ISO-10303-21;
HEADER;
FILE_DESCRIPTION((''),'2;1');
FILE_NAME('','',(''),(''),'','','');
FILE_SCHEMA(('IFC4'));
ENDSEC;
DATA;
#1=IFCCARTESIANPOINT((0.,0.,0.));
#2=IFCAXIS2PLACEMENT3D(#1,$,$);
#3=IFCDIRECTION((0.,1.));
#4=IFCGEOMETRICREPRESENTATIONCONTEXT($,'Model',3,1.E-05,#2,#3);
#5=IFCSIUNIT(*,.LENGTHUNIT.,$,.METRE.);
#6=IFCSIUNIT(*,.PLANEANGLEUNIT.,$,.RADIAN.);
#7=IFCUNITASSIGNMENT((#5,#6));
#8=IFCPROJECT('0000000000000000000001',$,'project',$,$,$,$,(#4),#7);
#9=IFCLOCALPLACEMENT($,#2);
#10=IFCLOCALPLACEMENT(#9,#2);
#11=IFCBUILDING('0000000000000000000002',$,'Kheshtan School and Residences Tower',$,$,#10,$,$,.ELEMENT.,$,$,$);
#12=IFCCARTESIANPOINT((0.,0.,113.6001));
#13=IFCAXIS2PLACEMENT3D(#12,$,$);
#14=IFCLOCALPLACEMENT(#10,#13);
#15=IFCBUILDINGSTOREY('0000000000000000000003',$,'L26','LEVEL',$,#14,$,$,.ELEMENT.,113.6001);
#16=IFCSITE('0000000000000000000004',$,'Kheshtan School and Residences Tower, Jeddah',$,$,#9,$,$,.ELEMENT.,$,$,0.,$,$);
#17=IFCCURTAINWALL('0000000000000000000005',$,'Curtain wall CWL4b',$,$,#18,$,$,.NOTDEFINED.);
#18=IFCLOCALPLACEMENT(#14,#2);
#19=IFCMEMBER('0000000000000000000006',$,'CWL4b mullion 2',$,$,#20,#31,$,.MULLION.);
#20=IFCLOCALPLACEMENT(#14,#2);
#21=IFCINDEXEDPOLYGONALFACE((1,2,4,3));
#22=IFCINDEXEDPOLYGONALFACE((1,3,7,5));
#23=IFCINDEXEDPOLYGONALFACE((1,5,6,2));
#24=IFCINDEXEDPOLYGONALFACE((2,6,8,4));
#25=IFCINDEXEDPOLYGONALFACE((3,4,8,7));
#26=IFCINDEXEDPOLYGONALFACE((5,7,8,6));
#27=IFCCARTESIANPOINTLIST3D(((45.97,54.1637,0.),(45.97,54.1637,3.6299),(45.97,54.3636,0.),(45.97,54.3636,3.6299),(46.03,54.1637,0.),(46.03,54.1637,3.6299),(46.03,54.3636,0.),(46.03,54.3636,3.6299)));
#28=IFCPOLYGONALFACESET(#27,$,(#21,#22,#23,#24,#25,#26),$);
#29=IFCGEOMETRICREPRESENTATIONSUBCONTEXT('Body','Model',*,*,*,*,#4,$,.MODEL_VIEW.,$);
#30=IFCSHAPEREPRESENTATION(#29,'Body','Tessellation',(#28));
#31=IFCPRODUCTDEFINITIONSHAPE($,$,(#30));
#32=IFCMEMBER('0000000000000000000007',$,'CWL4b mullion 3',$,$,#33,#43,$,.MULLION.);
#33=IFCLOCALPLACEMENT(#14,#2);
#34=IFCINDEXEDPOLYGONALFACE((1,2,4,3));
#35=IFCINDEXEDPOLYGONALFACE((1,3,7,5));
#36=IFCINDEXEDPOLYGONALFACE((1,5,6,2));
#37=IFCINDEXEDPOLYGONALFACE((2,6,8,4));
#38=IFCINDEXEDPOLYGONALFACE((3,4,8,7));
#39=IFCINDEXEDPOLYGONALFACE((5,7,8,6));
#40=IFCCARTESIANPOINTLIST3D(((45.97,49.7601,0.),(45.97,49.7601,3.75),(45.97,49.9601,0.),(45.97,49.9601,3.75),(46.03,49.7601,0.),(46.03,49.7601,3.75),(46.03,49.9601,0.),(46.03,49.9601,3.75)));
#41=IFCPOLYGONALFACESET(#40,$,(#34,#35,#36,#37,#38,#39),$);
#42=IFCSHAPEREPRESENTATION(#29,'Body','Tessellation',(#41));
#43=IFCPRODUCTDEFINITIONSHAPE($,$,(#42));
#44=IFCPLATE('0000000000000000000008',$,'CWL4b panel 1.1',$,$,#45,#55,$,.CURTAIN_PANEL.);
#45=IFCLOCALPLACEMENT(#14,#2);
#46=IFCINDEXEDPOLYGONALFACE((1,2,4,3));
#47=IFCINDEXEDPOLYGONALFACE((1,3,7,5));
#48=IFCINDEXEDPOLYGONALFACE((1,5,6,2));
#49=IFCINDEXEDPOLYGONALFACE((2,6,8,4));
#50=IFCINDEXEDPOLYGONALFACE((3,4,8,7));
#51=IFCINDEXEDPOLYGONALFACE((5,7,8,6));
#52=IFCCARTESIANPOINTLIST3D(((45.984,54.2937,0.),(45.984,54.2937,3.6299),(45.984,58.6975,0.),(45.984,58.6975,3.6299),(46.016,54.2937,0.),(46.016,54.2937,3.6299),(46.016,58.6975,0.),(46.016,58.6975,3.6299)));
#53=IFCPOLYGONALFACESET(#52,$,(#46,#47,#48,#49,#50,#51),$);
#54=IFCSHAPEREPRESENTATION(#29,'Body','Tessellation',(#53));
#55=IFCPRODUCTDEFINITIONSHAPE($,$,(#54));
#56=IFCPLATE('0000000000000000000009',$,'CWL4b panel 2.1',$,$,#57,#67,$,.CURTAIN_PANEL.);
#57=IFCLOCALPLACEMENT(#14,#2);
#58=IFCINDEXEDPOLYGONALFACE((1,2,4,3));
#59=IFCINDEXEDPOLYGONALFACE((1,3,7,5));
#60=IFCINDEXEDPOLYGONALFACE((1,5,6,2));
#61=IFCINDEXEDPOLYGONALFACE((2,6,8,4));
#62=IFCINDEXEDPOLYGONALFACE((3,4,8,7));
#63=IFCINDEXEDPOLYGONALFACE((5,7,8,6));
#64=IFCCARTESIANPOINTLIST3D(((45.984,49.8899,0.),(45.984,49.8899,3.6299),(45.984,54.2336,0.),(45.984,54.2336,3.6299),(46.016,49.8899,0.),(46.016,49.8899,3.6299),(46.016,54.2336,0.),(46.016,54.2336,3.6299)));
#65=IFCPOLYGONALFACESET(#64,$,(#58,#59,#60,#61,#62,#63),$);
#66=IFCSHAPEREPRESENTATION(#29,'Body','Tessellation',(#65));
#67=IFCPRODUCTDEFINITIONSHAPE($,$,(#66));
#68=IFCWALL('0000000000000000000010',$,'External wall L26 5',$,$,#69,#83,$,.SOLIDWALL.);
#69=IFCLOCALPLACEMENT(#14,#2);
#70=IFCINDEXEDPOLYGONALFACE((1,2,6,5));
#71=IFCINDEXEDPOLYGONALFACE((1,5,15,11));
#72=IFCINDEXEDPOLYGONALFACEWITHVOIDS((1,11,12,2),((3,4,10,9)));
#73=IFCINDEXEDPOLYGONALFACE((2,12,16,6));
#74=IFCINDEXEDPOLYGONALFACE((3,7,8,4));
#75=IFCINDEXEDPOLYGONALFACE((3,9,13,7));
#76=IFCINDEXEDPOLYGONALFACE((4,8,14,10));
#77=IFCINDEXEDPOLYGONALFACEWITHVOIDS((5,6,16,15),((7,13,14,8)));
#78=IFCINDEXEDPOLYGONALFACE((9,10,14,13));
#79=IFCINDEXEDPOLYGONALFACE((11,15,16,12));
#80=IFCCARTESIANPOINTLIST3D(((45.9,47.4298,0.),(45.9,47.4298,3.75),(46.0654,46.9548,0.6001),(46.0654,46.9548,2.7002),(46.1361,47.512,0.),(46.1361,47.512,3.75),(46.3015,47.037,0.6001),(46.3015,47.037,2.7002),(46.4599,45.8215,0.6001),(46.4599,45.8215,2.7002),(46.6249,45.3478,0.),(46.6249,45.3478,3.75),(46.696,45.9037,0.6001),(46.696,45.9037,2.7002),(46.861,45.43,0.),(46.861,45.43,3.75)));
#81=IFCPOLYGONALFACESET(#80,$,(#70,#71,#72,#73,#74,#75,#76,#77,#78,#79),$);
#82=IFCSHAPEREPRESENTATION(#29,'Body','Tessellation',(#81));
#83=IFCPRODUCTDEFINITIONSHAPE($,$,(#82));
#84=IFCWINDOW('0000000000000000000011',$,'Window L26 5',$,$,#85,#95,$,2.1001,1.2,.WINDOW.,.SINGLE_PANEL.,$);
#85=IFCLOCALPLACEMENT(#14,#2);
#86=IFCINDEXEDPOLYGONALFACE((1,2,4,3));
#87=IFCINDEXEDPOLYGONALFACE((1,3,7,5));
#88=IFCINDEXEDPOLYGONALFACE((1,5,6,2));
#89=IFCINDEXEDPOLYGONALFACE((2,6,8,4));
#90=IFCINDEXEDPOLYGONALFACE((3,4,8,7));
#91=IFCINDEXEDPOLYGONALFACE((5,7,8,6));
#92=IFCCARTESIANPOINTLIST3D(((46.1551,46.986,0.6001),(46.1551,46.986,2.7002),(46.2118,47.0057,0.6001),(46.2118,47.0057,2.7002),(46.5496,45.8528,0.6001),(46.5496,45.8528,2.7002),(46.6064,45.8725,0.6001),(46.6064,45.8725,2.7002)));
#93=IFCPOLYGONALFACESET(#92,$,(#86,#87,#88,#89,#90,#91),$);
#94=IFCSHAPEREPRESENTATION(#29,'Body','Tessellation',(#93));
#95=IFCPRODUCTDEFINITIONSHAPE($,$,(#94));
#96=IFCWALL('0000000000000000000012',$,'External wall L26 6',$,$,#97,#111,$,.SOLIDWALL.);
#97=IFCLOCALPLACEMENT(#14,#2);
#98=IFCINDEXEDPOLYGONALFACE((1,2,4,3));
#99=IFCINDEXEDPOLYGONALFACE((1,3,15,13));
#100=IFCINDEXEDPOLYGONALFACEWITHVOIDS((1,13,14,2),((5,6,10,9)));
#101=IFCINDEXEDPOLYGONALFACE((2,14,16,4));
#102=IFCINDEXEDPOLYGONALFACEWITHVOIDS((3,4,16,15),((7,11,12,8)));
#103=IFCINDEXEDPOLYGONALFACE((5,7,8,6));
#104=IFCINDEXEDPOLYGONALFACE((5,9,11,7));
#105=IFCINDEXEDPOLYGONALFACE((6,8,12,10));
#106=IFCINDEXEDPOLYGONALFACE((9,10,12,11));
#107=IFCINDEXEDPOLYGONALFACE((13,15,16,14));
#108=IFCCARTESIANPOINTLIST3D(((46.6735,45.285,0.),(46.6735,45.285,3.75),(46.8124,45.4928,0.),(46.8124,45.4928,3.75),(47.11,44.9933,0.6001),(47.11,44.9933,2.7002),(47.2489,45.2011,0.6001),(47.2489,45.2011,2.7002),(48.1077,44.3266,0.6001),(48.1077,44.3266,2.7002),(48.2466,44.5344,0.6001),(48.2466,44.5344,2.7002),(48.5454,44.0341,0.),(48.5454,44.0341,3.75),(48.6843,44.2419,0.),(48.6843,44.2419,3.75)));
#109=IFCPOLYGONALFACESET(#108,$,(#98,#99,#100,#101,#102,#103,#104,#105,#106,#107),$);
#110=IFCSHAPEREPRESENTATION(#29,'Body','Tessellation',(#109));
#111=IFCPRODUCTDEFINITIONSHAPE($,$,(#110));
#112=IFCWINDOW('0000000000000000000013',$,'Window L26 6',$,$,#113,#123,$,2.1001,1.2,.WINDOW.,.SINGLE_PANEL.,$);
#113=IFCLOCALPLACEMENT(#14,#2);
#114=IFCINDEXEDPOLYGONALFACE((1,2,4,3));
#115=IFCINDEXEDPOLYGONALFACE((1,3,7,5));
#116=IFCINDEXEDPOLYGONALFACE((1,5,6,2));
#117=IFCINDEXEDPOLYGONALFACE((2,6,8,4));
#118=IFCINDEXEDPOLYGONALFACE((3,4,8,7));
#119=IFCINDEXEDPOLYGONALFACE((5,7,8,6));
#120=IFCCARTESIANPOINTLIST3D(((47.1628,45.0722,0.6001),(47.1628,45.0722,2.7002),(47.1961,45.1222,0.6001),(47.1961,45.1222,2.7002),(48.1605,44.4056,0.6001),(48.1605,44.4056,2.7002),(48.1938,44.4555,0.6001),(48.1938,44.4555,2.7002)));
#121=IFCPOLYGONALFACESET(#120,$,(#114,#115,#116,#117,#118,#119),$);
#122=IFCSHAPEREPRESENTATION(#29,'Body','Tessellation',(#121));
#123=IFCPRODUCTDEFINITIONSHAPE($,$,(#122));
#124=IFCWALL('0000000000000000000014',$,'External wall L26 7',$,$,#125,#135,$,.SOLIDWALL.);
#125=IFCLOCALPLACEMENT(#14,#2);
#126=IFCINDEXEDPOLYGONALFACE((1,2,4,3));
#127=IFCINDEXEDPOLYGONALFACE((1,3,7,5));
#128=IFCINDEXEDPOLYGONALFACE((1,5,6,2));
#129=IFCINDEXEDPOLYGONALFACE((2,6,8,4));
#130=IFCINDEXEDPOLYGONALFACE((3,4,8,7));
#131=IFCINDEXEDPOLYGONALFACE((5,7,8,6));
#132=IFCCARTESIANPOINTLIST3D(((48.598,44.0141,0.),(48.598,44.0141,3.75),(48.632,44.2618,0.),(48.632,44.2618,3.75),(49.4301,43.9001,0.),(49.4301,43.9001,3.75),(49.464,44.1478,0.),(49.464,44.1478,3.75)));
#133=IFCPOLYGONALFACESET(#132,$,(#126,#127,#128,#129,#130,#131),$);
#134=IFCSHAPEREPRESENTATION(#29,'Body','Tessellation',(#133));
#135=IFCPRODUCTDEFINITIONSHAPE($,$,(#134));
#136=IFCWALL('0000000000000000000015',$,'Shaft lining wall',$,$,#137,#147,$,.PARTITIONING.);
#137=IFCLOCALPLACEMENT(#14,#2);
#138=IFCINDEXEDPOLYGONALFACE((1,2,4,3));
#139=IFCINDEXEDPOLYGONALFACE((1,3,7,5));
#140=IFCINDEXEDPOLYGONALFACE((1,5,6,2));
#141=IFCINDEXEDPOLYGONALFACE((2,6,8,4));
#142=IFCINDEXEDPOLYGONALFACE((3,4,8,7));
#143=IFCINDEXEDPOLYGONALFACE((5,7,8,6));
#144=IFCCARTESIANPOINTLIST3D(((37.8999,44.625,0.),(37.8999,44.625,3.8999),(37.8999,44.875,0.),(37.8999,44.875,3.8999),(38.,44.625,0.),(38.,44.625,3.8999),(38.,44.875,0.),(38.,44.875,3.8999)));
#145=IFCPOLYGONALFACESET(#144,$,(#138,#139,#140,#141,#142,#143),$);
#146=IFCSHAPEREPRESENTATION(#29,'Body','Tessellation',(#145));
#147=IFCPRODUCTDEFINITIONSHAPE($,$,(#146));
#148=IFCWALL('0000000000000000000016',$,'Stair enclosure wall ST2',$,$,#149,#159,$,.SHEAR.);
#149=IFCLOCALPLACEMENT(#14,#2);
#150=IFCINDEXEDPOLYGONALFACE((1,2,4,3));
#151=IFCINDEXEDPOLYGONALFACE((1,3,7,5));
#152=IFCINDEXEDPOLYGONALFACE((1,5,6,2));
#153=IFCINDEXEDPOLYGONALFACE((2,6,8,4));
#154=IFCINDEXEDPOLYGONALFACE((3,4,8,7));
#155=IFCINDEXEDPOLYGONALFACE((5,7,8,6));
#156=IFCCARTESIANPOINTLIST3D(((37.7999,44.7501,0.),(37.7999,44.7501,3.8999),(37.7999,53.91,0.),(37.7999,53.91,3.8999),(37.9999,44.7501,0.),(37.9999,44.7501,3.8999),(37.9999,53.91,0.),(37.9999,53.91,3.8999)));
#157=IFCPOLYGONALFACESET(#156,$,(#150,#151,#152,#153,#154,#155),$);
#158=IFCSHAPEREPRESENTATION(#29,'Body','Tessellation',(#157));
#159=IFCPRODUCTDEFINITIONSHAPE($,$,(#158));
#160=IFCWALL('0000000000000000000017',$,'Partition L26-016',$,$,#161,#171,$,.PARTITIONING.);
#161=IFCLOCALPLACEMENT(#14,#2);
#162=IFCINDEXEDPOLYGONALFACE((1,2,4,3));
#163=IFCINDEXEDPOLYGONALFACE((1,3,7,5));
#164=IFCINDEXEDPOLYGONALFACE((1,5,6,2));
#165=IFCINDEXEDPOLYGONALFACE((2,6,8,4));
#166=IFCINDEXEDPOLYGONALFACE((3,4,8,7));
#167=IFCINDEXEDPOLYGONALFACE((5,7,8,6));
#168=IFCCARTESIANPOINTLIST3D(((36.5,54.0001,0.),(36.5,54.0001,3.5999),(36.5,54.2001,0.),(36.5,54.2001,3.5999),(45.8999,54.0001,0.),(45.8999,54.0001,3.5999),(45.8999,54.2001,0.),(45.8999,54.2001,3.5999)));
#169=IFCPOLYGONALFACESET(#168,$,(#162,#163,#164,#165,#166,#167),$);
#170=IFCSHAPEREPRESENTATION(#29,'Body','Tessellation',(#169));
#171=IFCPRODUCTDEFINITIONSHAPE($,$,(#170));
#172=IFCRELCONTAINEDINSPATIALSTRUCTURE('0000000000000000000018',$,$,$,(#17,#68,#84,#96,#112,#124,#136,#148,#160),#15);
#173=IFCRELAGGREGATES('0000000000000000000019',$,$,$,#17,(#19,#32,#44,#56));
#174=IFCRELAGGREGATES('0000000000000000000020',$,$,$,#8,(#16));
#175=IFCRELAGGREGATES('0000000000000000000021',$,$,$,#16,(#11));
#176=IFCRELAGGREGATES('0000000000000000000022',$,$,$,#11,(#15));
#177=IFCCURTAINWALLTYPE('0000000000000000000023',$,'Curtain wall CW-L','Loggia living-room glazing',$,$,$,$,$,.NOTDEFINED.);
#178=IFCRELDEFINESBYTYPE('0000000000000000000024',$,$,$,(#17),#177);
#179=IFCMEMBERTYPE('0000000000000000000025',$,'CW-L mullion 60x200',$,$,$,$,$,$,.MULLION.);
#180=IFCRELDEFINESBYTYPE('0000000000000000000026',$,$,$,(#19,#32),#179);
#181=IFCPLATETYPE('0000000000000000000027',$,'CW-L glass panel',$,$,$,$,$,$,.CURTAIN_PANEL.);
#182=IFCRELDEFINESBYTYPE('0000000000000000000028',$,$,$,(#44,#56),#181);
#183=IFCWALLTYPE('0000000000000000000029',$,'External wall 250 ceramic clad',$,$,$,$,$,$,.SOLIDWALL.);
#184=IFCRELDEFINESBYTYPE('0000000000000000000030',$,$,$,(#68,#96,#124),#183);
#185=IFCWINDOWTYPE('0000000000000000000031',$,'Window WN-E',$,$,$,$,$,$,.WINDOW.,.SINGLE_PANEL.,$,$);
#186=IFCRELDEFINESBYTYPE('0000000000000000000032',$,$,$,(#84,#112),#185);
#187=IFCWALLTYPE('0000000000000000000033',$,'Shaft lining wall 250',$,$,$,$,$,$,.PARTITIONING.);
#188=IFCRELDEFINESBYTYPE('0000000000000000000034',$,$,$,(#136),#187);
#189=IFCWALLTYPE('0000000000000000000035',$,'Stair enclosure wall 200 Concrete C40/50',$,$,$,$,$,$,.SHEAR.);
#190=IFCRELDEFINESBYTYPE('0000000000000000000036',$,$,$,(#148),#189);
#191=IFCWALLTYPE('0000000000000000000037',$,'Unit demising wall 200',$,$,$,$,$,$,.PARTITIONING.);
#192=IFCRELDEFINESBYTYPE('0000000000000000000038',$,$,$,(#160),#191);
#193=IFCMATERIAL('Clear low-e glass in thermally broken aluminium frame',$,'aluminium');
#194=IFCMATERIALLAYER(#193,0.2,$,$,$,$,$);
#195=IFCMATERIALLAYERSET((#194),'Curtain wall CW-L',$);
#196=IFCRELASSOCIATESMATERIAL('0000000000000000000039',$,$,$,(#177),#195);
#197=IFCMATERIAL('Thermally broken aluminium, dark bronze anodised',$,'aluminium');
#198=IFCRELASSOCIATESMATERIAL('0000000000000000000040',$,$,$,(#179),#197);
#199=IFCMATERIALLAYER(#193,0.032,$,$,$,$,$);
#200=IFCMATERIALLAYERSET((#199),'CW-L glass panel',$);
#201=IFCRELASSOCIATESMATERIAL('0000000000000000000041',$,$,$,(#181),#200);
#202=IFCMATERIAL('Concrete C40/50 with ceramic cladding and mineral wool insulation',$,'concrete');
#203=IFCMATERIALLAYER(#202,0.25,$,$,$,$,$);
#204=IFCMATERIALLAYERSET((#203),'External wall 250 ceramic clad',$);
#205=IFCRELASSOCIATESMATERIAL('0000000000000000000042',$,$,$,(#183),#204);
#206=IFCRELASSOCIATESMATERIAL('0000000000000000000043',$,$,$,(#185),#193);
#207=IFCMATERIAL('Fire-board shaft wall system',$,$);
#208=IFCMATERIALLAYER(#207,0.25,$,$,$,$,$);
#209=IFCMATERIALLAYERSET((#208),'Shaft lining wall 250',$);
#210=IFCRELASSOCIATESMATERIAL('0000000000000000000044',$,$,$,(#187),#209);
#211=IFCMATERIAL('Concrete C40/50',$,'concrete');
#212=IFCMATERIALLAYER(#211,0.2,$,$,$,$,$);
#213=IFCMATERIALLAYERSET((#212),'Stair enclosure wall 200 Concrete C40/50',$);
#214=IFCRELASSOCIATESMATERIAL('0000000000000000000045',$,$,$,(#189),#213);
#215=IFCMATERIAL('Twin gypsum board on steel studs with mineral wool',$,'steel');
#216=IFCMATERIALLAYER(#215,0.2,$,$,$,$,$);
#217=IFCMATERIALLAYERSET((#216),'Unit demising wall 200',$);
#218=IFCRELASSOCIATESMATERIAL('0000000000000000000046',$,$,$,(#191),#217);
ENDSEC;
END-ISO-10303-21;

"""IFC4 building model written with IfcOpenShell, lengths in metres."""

from ifc_helpers import new_model, si_unit, direction, frame, frame_2d, origin, origin_2d, place, context, subcontext, project, spatial, rectangle, extrude, source, transform, mapped, material, layer, layer_set, material_profile, profile_set, type_object, element, fill, aggregate, save


model = new_model("IFC4")

# Units and contexts
model_context = context("Model", 3, precision=1e-05, world=origin(), true_north=direction((0.0, 1.0)))
body_context = subcontext(model_context, "Body", "Model", "MODEL_VIEW")
ifc_project = project(units=[si_unit("LENGTHUNIT", "METRE"), si_unit("PLANEANGLEUNIT", "RADIAN")], contexts=[model_context])

# Site, building, storey
site_placement = place(None, origin())
site = spatial("IfcSite", under=ifc_project, at=site_placement, Name="Kheshtan School and Residences Tower, Jeddah", CompositionType="ELEMENT", RefElevation=0.0)
building_placement = place(site_placement, origin())
building = spatial("IfcBuilding", under=site, at=building_placement, Name="Kheshtan School and Residences Tower", CompositionType="ELEMENT")
storey_placement = place(building_placement, frame((0.0, 0.0, 113.6001)))
storey = spatial("IfcBuildingStorey", under=building, at=storey_placement, Name="L26", Description="LEVEL", CompositionType="ELEMENT", Elevation=113.6001)

# Curtain wall, members, plates
ifc_material_1 = material(Name="Clear low-e glass in thermally broken aluminium frame", Category="aluminium")
ifc_layer_1 = layer(ifc_material_1, 0.2)
ifc_layer_set_1 = layer_set([ifc_layer_1], Name="Curtain wall CW-L")
curtain_wall_type = type_object("IfcCurtainWallType", Name="Curtain wall CW-L", Description="Loggia living-room glazing", PredefinedType="NOTDEFINED", material=ifc_layer_set_1)
curtain_wall_placement = place(storey_placement, origin())
curtain_wall = element("IfcCurtainWall", 1, at=curtain_wall_placement, inside=storey, type_object=curtain_wall_type, Name="Curtain wall CWL4b", PredefinedType="NOTDEFINED")
ifc_material_2 = material(Name="Thermally broken aluminium, dark bronze anodised", Category="aluminium")
ifc_material_profile_1 = material_profile(ifc_material_2, rectangle(XDim=0.0601, YDim=0.2, at=origin_2d()), Name="CW-L mullion 60x200")
ifc_profile_set_1 = profile_set([ifc_material_profile_1], Name="Thermally broken aluminium, dark bronze anodised")
member_type = type_object("IfcMemberType", Name="CW-L mullion 60x200", PredefinedType="MULLION", material=ifc_profile_set_1)
member_1_placement = place(storey_placement, frame((46.0, 54.2637, 0.0), z_axis=(0.0, 0.0, 1.0), x_axis=(1.0, 0.0, 0.0)))
member_1 = element("IfcMember", 2, at=member_1_placement, type_object=member_type, Name="CWL4b mullion 2", PredefinedType="MULLION", context=body_context, shape_type="SweptSolid", body=[
    extrude(rectangle(XDim=0.0601, YDim=0.2, at=origin_2d()), origin(), (0.0, 0.0, 1.0), 3.6299),
])
member_2_placement = place(storey_placement, frame((46.0, 49.8601, 0.0), z_axis=(0.0, 0.0, 1.0), x_axis=(1.0, 0.0, 0.0)))
member_2 = element("IfcMember", 3, at=member_2_placement, type_object=member_type, Name="CWL4b mullion 3", PredefinedType="MULLION", context=body_context, shape_type="SweptSolid", body=[
    extrude(rectangle(XDim=0.0601, YDim=0.2, at=origin_2d()), origin(), (0.0, 0.0, 1.0), 3.75),
])
ifc_layer_2 = layer(ifc_material_1, 0.032)
ifc_layer_set_2 = layer_set([ifc_layer_2], Name="CW-L glass panel")
plate_type = type_object("IfcPlateType", Name="CW-L glass panel", PredefinedType="CURTAIN_PANEL", material=ifc_layer_set_2)
plate_1_placement = place(storey_placement, frame((46.0, 56.4956, 0.0), z_axis=(0.0, 0.0, 1.0), x_axis=(0.0, -1.0, 0.0)))
plate_1 = element("IfcPlate", 4, at=plate_1_placement, type_object=plate_type, Name="CWL4b panel 1.1", PredefinedType="CURTAIN_PANEL", context=body_context, shape_type="SweptSolid", body=[
    extrude(rectangle(XDim=4.4038, YDim=0.032, at=origin_2d()), origin(), (0.0, 0.0, 1.0), 3.6299),
])
plate_2_placement = place(storey_placement, frame((46.0, 52.0618, 0.0), z_axis=(0.0, 0.0, 1.0), x_axis=(0.0, -1.0, 0.0)))
plate_2 = element("IfcPlate", 5, at=plate_2_placement, type_object=plate_type, Name="CWL4b panel 2.1", PredefinedType="CURTAIN_PANEL", context=body_context, shape_type="SweptSolid", body=[
    extrude(rectangle(XDim=4.3438, YDim=0.032, at=origin_2d()), origin(), (0.0, 0.0, 1.0), 3.6299),
])
aggregate(curtain_wall, [member_1, member_2, plate_1, plate_2])

# Walls, openings, windows
ifc_material_3 = material(Name="Concrete C40/50 with ceramic cladding and mineral wool insulation", Category="concrete")
ifc_layer_3 = layer(ifc_material_3, 0.25)
ifc_layer_set_3 = layer_set([ifc_layer_3], Name="External wall 250 ceramic clad")
wall_type_1 = type_object("IfcWallType", Name="External wall 250 ceramic clad", PredefinedType="SOLIDWALL", material=ifc_layer_set_3)
wall_1_placement = place(storey_placement, frame((46.0181, 47.4709, 0.0), z_axis=(0.0, 0.0, 1.0), x_axis=(0.328791, -0.944403, 0.0)))
wall_1 = element("IfcWall", 6, at=wall_1_placement, inside=storey, type_object=wall_type_1, Name="External wall L26 5", PredefinedType="SOLIDWALL", context=body_context, shape_type="SweptSolid", body=[
    extrude(rectangle(XDim=2.2046, YDim=0.25, at=frame_2d((1.1023, 0.0))), origin(), (0.0, 0.0, 1.0), 3.75),
])
opening_1_placement = place(wall_1_placement, frame((0.5029, 0.0, 0.6001)))
opening_1 = element("IfcOpeningElement", 7, at=opening_1_placement, cuts=wall_1, PredefinedType="OPENING", context=body_context, shape_type="SweptSolid", body=[
    extrude(rectangle(XDim=1.2, YDim=2.1001, at=frame_2d((0.6001, 1.05))), frame((0.0, 0.135, 0.0), z_axis=(0.0, -1.0, 0.0), x_axis=(1.0, 0.0, 0.0)), (0.0, 0.0, 1.0), 0.27),
])
window_type = type_object("IfcWindowType", Name="Window WN-E", PartitioningType="SINGLE_PANEL", PredefinedType="WINDOW", material=ifc_material_1)
shared_shape_1 = source(origin(), body_context, "Body", "SweptSolid", [
    extrude(rectangle(XDim=1.2, YDim=2.1001, at=frame_2d((0.6001, 1.05))), frame((0.0, 0.03, 0.0), z_axis=(0.0, -1.0, 0.0), x_axis=(1.0, 0.0, 0.0)), (0.0, 0.0, 1.0), 0.0601),
])
window_1_placement = place(opening_1_placement, origin())
window_1 = element("IfcWindow", 8, at=window_1_placement, inside=storey, type_object=window_type, Name="Window L26 5", OverallHeight=2.1001, OverallWidth=1.2, PartitioningType="SINGLE_PANEL", PredefinedType="WINDOW", context=body_context, shape_type="MappedRepresentation", body=[
    mapped(shared_shape_1, transform((0.0, 0.0, 0.0), x_axis=(1.0, 0.0, 0.0), y_axis=(0.0, 1.0, 0.0), z_axis=(0.0, 0.0, 1.0), scale=1.0)),
])
fill(opening_1, window_1)
wall_2_placement = place(storey_placement, frame((46.7429, 45.3889, 0.0), z_axis=(0.0, 0.0, 1.0), x_axis=(0.831449, -0.555601, 0.0)))
wall_2 = element("IfcWall", 9, at=wall_2_placement, inside=storey, type_object=wall_type_1, Name="External wall L26 6", PredefinedType="SOLIDWALL", context=body_context, shape_type="SweptSolid", body=[
    extrude(rectangle(XDim=2.2515, YDim=0.25, at=frame_2d((1.1257, 0.0))), origin(), (0.0, 0.0, 1.0), 3.75),
])
opening_2_placement = place(wall_2_placement, frame((0.5249, 0.0, 0.6001)))
opening_2 = element("IfcOpeningElement", 10, at=opening_2_placement, cuts=wall_2, PredefinedType="OPENING", context=body_context, shape_type="SweptSolid", body=[
    extrude(rectangle(XDim=1.2, YDim=2.1001, at=frame_2d((0.6001, 1.05))), frame((0.0, 0.135, 0.0), z_axis=(0.0, -1.0, 0.0), x_axis=(1.0, 0.0, 0.0)), (0.0, 0.0, 1.0), 0.27),
])
window_2_placement = place(opening_2_placement, origin())
window_2 = element("IfcWindow", 11, at=window_2_placement, inside=storey, type_object=window_type, Name="Window L26 6", OverallHeight=2.1001, OverallWidth=1.2, PartitioningType="SINGLE_PANEL", PredefinedType="WINDOW", context=body_context, shape_type="MappedRepresentation", body=[
    mapped(shared_shape_1, transform((0.0, 0.0, 0.0), x_axis=(1.0, 0.0, 0.0), y_axis=(0.0, 1.0, 0.0), z_axis=(0.0, 0.0, 1.0), scale=1.0)),
])
fill(opening_2, window_2)

# Wall
wall_3_placement = place(storey_placement, frame((48.615, 44.1379, 0.0), z_axis=(0.0, 0.0, 1.0), x_axis=(0.990742, -0.135762, 0.0)))
element("IfcWall", 12, at=wall_3_placement, inside=storey, type_object=wall_type_1, Name="External wall L26 7", PredefinedType="SOLIDWALL", context=body_context, shape_type="SweptSolid", body=[
    extrude(rectangle(XDim=0.8398, YDim=0.25, at=frame_2d((0.4199, 0.0))), origin(), (0.0, 0.0, 1.0), 3.75),
])

# Walls
ifc_material_4 = material(Name="Fire-board shaft wall system")
ifc_layer_4 = layer(ifc_material_4, 0.25)
ifc_layer_set_4 = layer_set([ifc_layer_4], Name="Shaft lining wall 250")
wall_type_2 = type_object("IfcWallType", Name="Shaft lining wall 250", PredefinedType="PARTITIONING", material=ifc_layer_set_4)
wall_4_placement = place(storey_placement, frame((37.8999, 44.75, 0.0), z_axis=(0.0, 0.0, 1.0), x_axis=(1.0, 0.0, 0.0)))
element("IfcWall", 13, at=wall_4_placement, inside=storey, type_object=wall_type_2, Name="Shaft lining wall", PredefinedType="PARTITIONING", context=body_context, shape_type="SweptSolid", body=[
    extrude(rectangle(XDim=0.1001, YDim=0.25, at=frame_2d((0.05, 0.0))), origin(), (0.0, 0.0, 1.0), 3.8999),
])
ifc_material_5 = material(Name="Concrete C40/50", Category="concrete")
ifc_layer_5 = layer(ifc_material_5, 0.2)
ifc_layer_set_5 = layer_set([ifc_layer_5], Name="Stair enclosure wall 200 Concrete C40/50")
wall_type_3 = type_object("IfcWallType", Name="Stair enclosure wall 200 Concrete C40/50", PredefinedType="SHEAR", material=ifc_layer_set_5)
wall_5_placement = place(storey_placement, frame((37.8999, 44.75, 0.0), z_axis=(0.0, 0.0, 1.0), x_axis=(0.0, 1.0, 0.0)))
element("IfcWall", 14, at=wall_5_placement, inside=storey, type_object=wall_type_3, Name="Stair enclosure wall ST2", PredefinedType="SHEAR", context=body_context, shape_type="SweptSolid", body=[
    extrude(rectangle(XDim=9.1599, YDim=0.2, at=frame_2d((4.5801, 0.0))), origin(), (0.0, 0.0, 1.0), 3.8999),
])
ifc_material_6 = material(Name="Twin gypsum board on steel studs with mineral wool", Category="steel")
ifc_layer_6 = layer(ifc_material_6, 0.2)
ifc_layer_set_6 = layer_set([ifc_layer_6], Name="Unit demising wall 200")
wall_type_4 = type_object("IfcWallType", Name="Unit demising wall 200", PredefinedType="PARTITIONING", material=ifc_layer_set_6)
wall_6_placement = place(storey_placement, frame((36.5, 54.1001, 0.0), z_axis=(0.0, 0.0, 1.0), x_axis=(1.0, 0.0, 0.0)))
element("IfcWall", 15, at=wall_6_placement, inside=storey, type_object=wall_type_4, Name="Partition L26-016", PredefinedType="PARTITIONING", context=body_context, shape_type="SweptSolid", body=[
    extrude(rectangle(XDim=9.3999, YDim=0.2, at=frame_2d((4.7, 0.0))), origin(), (0.0, 0.0, 1.0), 3.5999),
])

save(model, "model.ifc")
